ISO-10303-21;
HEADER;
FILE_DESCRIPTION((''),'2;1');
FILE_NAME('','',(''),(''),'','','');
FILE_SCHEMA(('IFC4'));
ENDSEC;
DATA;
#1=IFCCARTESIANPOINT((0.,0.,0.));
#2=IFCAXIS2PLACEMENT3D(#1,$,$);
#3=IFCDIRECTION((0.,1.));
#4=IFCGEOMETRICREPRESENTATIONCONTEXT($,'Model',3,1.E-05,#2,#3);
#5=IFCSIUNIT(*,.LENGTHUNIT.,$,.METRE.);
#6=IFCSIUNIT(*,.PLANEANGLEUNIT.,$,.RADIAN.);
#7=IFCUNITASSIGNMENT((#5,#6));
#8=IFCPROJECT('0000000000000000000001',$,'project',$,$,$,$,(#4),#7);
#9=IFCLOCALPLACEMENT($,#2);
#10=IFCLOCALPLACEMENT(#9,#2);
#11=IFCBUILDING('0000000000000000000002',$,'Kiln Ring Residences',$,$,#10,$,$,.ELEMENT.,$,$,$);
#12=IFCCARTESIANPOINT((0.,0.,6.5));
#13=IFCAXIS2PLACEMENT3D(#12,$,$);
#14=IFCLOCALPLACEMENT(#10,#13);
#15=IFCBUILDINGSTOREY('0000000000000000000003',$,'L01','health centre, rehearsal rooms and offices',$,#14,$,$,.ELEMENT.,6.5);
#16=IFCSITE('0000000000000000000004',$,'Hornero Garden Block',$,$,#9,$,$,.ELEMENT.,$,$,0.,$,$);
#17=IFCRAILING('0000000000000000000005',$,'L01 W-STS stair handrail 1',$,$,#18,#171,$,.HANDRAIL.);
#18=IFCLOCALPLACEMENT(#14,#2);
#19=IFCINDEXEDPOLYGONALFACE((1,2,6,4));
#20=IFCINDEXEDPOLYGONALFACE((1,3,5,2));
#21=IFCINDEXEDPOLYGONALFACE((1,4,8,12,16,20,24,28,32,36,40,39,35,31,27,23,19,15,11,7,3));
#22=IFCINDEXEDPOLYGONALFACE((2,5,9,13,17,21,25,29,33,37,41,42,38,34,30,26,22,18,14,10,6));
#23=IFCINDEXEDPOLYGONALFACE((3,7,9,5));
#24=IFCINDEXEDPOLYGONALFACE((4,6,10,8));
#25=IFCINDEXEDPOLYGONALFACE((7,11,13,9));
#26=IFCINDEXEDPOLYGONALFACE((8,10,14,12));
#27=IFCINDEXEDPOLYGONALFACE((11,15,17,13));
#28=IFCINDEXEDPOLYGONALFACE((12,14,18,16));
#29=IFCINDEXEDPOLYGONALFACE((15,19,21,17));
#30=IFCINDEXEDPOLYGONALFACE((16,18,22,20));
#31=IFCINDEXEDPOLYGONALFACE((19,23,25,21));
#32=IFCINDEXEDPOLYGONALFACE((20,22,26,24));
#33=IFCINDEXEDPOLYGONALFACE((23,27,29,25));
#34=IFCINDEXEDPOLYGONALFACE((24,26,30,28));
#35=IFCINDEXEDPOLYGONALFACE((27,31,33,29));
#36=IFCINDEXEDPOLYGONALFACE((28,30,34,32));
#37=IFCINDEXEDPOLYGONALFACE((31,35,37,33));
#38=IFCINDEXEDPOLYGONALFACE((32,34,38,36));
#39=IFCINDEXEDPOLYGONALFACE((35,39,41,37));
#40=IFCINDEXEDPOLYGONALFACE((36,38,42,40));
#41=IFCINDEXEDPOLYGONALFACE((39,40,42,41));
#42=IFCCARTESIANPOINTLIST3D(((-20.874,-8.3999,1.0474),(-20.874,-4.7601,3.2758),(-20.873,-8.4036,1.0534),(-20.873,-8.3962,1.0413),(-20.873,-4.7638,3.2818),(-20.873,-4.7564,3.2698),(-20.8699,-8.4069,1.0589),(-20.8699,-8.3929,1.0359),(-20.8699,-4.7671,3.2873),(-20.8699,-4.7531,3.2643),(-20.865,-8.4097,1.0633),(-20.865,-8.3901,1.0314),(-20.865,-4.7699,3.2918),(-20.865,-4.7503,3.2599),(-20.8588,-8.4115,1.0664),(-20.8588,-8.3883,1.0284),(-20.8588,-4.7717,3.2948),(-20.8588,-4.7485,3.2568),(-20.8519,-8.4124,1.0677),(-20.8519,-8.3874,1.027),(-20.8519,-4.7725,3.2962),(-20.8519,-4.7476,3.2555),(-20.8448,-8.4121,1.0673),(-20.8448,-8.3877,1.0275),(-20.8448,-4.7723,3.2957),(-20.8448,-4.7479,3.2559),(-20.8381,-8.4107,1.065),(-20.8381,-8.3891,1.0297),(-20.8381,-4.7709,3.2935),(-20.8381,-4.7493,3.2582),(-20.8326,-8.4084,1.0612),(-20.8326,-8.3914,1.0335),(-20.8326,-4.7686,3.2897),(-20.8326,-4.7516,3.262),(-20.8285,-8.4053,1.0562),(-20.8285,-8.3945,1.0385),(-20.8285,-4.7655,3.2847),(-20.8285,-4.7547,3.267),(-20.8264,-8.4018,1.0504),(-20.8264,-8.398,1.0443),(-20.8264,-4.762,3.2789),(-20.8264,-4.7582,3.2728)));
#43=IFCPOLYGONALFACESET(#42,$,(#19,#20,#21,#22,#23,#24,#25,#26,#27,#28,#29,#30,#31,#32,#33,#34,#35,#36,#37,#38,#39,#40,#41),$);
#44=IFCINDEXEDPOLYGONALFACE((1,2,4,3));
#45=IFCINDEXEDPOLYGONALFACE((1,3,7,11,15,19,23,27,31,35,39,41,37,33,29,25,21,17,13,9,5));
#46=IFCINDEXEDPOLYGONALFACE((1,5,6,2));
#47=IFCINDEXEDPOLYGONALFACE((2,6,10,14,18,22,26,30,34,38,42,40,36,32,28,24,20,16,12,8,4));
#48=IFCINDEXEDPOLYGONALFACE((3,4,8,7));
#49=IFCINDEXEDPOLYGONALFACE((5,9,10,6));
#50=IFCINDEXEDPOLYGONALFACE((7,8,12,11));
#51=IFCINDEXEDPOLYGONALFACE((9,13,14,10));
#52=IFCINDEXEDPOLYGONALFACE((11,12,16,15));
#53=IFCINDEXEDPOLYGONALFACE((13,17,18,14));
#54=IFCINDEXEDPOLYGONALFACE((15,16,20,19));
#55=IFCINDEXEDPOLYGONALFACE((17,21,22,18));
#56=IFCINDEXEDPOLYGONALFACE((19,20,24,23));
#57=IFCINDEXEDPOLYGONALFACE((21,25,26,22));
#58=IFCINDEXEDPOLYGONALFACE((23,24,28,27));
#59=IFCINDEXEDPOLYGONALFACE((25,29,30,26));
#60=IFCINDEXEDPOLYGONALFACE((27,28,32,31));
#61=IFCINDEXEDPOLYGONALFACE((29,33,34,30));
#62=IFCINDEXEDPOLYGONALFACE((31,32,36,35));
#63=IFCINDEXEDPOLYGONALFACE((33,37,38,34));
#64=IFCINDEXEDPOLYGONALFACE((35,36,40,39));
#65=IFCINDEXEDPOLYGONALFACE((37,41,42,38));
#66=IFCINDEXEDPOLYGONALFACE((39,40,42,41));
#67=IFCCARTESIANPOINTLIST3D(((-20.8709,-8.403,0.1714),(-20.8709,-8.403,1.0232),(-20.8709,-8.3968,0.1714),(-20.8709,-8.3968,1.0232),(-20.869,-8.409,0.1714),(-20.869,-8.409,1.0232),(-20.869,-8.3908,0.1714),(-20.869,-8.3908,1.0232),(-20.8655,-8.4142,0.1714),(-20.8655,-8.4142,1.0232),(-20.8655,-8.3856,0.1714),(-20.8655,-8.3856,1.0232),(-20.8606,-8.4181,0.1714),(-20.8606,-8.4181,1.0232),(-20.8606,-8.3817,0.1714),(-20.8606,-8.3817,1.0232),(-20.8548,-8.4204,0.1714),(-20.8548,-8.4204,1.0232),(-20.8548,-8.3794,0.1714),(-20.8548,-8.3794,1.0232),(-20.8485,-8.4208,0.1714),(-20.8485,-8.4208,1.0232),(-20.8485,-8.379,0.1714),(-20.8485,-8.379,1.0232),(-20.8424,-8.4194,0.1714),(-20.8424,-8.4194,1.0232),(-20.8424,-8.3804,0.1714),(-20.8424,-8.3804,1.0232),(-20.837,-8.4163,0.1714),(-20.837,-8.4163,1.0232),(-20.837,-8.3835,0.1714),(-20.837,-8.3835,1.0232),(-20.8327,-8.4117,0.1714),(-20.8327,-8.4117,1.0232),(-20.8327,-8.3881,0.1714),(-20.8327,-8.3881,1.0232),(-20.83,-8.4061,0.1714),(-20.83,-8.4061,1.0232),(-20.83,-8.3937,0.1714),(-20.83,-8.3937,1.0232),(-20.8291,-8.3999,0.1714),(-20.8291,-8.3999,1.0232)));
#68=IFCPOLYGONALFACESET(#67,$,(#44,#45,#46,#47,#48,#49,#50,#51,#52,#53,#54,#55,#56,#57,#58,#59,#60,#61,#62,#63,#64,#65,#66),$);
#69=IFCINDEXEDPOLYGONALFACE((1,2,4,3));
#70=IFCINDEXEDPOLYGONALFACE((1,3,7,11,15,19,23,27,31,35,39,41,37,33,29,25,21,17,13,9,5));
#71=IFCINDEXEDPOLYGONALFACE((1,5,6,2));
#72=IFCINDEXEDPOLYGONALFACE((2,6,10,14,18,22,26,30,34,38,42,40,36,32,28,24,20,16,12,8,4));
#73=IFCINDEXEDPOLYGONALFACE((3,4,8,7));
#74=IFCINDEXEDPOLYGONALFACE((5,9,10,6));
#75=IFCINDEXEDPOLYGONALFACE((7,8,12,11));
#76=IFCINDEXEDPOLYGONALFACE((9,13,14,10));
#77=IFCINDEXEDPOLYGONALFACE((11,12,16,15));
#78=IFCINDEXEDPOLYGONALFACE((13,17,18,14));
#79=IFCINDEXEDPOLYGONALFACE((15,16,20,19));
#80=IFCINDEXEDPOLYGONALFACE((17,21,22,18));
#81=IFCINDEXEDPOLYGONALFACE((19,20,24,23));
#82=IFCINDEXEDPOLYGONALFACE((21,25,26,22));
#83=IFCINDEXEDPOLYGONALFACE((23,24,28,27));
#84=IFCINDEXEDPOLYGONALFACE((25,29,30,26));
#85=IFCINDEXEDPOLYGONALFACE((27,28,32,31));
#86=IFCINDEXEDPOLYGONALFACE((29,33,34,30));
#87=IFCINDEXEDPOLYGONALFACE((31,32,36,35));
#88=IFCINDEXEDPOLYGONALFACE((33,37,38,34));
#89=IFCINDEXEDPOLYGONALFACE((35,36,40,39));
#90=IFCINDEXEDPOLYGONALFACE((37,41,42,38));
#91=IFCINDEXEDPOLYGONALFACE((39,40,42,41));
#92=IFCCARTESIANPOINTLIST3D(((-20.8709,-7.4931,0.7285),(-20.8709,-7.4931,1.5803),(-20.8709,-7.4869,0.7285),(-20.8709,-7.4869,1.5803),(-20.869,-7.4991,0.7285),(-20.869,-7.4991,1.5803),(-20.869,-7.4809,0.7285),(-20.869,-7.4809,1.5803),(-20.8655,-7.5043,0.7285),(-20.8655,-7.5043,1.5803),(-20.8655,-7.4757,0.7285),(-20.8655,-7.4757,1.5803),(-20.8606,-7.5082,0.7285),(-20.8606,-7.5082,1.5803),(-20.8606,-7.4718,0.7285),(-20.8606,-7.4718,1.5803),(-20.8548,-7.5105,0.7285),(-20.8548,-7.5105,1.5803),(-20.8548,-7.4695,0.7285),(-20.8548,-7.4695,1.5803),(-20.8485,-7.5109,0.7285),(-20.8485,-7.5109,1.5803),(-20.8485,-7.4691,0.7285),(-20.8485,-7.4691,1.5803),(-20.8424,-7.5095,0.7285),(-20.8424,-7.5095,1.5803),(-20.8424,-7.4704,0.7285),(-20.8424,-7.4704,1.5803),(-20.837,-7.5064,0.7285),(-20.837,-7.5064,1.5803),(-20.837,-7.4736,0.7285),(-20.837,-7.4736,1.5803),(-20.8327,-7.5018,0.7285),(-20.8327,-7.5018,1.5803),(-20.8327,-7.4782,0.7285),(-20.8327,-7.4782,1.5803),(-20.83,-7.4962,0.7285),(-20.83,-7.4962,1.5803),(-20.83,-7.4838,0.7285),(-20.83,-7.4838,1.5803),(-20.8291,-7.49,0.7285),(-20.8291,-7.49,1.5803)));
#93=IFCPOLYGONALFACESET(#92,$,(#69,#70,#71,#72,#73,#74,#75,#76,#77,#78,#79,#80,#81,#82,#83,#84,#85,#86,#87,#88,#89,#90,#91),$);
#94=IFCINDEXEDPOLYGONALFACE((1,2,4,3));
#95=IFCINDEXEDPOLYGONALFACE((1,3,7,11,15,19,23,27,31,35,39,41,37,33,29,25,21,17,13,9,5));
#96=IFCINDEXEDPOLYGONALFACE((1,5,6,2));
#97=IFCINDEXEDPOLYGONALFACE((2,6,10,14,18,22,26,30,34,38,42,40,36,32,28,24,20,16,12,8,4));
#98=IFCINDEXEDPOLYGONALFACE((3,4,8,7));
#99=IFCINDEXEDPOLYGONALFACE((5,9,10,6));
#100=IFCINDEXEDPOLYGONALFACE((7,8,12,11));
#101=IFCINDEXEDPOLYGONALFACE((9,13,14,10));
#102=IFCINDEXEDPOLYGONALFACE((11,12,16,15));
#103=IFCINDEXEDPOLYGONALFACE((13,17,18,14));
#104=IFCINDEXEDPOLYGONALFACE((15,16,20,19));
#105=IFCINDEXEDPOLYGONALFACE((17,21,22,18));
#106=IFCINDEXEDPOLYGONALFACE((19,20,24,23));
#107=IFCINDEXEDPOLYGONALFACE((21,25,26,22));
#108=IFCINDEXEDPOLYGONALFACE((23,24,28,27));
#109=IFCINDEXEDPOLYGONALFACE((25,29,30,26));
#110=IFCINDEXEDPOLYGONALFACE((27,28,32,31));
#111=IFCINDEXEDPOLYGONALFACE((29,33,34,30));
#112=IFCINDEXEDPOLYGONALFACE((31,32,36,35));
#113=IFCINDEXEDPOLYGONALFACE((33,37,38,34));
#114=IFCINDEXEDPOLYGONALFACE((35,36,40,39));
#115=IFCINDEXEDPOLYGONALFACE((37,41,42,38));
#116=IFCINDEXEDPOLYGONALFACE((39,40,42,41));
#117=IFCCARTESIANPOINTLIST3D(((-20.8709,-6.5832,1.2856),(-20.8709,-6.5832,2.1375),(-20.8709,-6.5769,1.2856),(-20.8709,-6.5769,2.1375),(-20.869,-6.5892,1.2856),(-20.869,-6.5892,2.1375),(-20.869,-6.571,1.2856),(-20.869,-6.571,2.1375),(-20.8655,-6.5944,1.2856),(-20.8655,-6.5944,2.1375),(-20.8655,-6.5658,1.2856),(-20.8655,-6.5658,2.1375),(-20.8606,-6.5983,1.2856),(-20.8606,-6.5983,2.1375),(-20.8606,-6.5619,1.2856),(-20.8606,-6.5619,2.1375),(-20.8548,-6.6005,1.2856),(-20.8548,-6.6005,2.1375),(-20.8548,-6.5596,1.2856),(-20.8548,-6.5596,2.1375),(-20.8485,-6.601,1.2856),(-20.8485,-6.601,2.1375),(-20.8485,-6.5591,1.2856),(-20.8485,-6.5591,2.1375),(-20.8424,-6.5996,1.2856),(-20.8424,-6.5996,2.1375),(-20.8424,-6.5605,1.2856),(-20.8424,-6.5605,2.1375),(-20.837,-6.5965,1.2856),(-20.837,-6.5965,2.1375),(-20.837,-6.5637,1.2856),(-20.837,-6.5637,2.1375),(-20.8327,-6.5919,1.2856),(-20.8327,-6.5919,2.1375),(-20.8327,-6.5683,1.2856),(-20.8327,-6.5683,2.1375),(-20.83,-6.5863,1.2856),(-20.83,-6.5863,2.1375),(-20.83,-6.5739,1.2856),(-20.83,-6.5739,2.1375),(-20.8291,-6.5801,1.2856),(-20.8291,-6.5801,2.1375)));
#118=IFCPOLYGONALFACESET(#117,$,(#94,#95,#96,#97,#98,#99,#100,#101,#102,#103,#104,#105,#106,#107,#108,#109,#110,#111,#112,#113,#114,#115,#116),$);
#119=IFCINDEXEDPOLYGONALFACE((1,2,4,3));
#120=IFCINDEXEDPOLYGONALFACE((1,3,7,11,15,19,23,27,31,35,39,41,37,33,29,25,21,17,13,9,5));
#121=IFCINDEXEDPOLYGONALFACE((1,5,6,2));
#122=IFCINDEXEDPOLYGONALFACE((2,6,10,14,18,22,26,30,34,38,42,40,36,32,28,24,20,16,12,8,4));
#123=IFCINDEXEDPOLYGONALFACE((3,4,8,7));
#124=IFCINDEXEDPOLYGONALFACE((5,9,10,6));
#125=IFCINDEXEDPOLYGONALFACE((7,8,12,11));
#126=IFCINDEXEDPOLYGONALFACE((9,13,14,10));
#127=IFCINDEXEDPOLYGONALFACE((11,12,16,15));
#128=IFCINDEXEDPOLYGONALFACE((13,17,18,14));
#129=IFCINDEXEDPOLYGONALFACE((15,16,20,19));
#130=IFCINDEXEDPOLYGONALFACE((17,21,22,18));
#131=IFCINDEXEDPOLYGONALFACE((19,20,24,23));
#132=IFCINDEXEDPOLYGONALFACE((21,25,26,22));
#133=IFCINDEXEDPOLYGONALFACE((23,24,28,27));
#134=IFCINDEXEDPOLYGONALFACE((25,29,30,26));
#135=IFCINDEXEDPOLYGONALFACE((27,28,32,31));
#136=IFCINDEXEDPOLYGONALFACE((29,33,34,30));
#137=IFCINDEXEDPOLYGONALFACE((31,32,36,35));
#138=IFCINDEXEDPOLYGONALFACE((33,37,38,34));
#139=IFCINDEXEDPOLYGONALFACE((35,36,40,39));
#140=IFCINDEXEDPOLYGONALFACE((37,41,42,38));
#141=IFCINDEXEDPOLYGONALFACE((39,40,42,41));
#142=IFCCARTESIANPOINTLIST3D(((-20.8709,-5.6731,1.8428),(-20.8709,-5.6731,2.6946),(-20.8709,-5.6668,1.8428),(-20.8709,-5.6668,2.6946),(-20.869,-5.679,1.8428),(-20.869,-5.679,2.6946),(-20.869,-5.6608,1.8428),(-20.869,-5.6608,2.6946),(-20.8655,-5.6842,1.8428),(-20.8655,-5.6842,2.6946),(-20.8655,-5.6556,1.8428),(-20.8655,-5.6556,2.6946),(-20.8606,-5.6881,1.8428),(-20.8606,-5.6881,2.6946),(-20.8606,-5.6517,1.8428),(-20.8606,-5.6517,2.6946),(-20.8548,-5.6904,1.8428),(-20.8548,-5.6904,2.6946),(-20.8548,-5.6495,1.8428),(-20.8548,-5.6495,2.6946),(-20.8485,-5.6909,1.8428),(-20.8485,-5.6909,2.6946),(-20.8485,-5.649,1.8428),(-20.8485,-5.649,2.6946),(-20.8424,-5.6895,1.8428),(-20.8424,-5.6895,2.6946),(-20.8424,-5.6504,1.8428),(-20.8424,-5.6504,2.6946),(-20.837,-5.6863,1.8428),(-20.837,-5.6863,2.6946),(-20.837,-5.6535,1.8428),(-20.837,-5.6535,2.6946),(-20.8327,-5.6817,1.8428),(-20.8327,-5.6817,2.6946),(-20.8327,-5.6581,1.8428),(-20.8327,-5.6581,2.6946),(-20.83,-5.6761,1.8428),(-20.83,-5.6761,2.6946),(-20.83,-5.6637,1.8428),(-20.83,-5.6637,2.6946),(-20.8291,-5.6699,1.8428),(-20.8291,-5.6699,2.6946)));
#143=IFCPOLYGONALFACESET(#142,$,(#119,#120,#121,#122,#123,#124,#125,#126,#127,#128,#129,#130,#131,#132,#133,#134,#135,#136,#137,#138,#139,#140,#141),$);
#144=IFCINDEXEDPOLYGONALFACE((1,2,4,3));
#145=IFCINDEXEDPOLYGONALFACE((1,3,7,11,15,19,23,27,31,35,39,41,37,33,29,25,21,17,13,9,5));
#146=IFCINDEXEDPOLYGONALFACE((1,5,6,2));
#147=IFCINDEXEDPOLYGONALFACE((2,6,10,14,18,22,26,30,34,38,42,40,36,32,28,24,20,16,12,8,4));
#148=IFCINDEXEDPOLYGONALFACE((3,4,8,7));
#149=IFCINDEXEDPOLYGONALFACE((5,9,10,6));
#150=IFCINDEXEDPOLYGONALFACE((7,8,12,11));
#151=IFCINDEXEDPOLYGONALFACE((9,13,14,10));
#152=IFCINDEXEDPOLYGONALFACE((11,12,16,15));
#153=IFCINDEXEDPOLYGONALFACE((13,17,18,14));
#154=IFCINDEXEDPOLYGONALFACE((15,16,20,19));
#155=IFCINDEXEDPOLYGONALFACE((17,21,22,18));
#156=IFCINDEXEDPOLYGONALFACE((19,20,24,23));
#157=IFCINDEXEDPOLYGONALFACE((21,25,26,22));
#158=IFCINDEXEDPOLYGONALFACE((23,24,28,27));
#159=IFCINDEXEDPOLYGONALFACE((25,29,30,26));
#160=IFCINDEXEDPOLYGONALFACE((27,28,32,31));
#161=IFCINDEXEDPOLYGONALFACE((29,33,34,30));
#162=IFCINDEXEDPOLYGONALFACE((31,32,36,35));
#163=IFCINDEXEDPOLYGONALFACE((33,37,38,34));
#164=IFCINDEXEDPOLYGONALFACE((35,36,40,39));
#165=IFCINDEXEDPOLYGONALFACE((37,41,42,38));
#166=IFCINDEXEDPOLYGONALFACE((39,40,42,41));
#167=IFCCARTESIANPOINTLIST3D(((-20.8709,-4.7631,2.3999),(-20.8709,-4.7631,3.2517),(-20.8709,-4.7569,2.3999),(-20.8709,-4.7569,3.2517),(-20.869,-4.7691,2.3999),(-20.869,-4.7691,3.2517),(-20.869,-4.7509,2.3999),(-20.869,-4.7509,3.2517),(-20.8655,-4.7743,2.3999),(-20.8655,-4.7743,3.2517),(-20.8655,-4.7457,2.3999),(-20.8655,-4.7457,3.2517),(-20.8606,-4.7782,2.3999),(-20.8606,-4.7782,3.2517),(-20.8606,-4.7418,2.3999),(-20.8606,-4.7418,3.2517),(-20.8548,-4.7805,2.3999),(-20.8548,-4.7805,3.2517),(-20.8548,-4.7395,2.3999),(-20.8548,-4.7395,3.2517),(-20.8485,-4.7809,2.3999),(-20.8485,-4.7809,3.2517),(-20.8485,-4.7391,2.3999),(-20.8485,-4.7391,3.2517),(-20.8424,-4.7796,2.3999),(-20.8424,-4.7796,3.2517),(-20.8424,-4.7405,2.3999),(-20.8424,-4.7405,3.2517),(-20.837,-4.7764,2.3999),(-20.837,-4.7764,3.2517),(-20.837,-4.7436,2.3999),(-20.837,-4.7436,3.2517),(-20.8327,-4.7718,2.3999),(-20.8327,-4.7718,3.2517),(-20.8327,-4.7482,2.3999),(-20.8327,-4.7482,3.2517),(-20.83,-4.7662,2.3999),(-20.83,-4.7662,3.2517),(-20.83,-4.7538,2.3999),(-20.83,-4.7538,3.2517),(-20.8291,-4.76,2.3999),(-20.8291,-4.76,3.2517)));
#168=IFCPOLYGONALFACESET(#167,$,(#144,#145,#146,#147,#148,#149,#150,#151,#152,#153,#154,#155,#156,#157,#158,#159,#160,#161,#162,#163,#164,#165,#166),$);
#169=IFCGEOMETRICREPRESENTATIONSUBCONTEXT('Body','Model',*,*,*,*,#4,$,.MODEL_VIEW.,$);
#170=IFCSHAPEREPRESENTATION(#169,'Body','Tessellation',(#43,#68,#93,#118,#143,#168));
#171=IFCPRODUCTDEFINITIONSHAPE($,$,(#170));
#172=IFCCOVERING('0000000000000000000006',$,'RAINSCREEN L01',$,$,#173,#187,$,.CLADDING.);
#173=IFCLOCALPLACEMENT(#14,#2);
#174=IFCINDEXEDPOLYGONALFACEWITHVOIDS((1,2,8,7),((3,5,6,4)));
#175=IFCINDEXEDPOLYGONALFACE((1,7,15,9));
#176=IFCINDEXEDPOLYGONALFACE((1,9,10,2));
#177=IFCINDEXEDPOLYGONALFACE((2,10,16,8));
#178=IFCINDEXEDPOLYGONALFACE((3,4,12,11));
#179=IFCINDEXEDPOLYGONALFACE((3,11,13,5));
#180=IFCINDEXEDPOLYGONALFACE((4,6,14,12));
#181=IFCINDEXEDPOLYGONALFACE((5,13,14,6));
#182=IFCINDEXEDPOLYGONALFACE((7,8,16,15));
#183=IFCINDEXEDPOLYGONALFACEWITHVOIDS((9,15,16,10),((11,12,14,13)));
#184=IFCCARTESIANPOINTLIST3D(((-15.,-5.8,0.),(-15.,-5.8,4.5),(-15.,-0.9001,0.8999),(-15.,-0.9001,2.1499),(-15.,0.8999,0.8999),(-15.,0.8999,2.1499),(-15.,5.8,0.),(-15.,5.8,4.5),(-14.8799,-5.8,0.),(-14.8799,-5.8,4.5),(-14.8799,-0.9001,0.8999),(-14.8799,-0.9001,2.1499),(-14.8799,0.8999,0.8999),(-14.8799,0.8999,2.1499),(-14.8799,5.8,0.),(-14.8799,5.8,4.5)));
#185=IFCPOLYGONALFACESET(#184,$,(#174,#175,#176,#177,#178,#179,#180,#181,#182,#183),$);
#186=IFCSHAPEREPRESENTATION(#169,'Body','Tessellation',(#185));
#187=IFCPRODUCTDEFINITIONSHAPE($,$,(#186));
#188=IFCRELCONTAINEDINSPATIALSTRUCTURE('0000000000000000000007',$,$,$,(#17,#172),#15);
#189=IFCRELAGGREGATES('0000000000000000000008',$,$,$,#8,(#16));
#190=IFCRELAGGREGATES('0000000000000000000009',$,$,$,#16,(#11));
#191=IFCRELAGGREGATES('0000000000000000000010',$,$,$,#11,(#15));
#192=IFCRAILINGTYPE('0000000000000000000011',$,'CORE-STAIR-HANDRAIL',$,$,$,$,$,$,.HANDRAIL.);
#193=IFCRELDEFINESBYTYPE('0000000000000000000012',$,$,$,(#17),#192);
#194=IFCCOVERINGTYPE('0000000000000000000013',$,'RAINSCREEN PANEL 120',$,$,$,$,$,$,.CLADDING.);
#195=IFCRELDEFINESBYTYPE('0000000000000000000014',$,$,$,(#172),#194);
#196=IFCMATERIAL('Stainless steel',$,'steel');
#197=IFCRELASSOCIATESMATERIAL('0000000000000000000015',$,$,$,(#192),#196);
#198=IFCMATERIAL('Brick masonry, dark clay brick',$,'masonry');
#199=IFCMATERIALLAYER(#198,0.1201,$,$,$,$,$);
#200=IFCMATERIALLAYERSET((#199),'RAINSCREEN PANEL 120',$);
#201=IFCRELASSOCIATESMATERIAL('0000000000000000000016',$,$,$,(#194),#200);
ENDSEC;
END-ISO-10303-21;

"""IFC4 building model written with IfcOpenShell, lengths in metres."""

from ifc_helpers import new_model, si_unit, direction, frame, origin, origin_2d, place, context, subcontext, project, spatial, polyline, circle, outline, extrude, material, layer, layer_set, type_object, element, save


model = new_model("IFC4")

# Units and contexts
model_context = context("Model", 3, precision=1e-05, world=origin(), true_north=direction((0.0, 1.0)))
body_context = subcontext(model_context, "Body", "Model", "MODEL_VIEW")
ifc_project = project(units=[si_unit("LENGTHUNIT", "METRE"), si_unit("PLANEANGLEUNIT", "RADIAN")], contexts=[model_context])

# Site, building, storey
site_placement = place(None, origin())
site = spatial("IfcSite", under=ifc_project, at=site_placement, Name="Hornero Garden Block", CompositionType="ELEMENT", RefElevation=0.0)
building_placement = place(site_placement, origin())
building = spatial("IfcBuilding", under=site, at=building_placement, Name="Kiln Ring Residences", CompositionType="ELEMENT")
storey_placement = place(building_placement, frame((0.0, 0.0, 6.5)))
storey = spatial("IfcBuildingStorey", under=building, at=storey_placement, Name="L01", Description="health centre, rehearsal rooms and offices", CompositionType="ELEMENT", Elevation=6.5)

# Railing
ifc_material_1 = material(Name="Stainless steel", Category="steel")
railing_type_1 = type_object("IfcRailingType", Name="CORE-STAIR-HANDRAIL", PredefinedType="HANDRAIL", material=ifc_material_1)
railing_1_placement = place(storey_placement, frame((-20.8501, -8.3999, 0.1714)))
element("IfcRailing", 1, at=railing_1_placement, inside=storey, type_object=railing_type_1, Name="L01 W-STS stair handrail 1", PredefinedType="HANDRAIL", context=body_context, shape_type="SweptSolid", body=[
    extrude(circle(Radius=0.0239, at=origin_2d()), frame((0.0, 0.0, 0.876), z_axis=(0.0, 0.85285, 0.522156), x_axis=(-1.0, 0.0, 0.0)), (0.0, 0.0, 1.0), 4.2678),
    extrude(circle(Radius=0.021, at=origin_2d()), origin(), (0.0, 0.0, 1.0), 0.8518),
    extrude(circle(Radius=0.021, at=origin_2d()), frame((0.0, 0.9099, 0.5571)), (0.0, 0.0, 1.0), 0.8518),
    extrude(circle(Radius=0.021, at=origin_2d()), frame((0.0, 1.8198, 1.1143)), (0.0, 0.0, 1.0), 0.8518),
    extrude(circle(Radius=0.021, at=origin_2d()), frame((0.0, 2.73, 1.6714)), (0.0, 0.0, 1.0), 0.8518),
    extrude(circle(Radius=0.021, at=origin_2d()), frame((0.0, 3.6399, 2.2285)), (0.0, 0.0, 1.0), 0.8518),
])

# Covering
ifc_material_2 = material(Name="Brick masonry, dark clay brick", Category="masonry")
ifc_layer_1 = layer(ifc_material_2, 0.1201)
ifc_layer_set_1 = layer_set([ifc_layer_1], Name="RAINSCREEN PANEL 120")
covering_type = type_object("IfcCoveringType", Name="RAINSCREEN PANEL 120", PredefinedType="CLADDING", material=ifc_layer_set_1)
covering_placement = place(storey_placement, frame((-14.9399, -5.8, 0.0), z_axis=(0.0, 0.0, 1.0), x_axis=(0.0, 1.0, 0.0)))
element("IfcCovering", 2, at=covering_placement, inside=storey, type_object=covering_type, Name="RAINSCREEN L01", PredefinedType="CLADDING", context=body_context, shape_type="SweptSolid", body=[
    extrude(outline(polyline([(0.0, 0.0), (11.6001, 0.0), (11.6001, 4.5), (0.0, 4.5), (0.0, 0.0)]), holes=[polyline([(4.8999, 2.1499), (4.8999, 0.8999), (6.7, 0.8999), (6.7, 2.1499), (4.8999, 2.1499)])]), frame((0.0, 0.0601, 0.0), z_axis=(0.0, -1.0, 0.0), x_axis=(1.0, 0.0, 0.0)), (0.0, 0.0, 1.0), 0.1201),
])

save(model, "model.ifc")
